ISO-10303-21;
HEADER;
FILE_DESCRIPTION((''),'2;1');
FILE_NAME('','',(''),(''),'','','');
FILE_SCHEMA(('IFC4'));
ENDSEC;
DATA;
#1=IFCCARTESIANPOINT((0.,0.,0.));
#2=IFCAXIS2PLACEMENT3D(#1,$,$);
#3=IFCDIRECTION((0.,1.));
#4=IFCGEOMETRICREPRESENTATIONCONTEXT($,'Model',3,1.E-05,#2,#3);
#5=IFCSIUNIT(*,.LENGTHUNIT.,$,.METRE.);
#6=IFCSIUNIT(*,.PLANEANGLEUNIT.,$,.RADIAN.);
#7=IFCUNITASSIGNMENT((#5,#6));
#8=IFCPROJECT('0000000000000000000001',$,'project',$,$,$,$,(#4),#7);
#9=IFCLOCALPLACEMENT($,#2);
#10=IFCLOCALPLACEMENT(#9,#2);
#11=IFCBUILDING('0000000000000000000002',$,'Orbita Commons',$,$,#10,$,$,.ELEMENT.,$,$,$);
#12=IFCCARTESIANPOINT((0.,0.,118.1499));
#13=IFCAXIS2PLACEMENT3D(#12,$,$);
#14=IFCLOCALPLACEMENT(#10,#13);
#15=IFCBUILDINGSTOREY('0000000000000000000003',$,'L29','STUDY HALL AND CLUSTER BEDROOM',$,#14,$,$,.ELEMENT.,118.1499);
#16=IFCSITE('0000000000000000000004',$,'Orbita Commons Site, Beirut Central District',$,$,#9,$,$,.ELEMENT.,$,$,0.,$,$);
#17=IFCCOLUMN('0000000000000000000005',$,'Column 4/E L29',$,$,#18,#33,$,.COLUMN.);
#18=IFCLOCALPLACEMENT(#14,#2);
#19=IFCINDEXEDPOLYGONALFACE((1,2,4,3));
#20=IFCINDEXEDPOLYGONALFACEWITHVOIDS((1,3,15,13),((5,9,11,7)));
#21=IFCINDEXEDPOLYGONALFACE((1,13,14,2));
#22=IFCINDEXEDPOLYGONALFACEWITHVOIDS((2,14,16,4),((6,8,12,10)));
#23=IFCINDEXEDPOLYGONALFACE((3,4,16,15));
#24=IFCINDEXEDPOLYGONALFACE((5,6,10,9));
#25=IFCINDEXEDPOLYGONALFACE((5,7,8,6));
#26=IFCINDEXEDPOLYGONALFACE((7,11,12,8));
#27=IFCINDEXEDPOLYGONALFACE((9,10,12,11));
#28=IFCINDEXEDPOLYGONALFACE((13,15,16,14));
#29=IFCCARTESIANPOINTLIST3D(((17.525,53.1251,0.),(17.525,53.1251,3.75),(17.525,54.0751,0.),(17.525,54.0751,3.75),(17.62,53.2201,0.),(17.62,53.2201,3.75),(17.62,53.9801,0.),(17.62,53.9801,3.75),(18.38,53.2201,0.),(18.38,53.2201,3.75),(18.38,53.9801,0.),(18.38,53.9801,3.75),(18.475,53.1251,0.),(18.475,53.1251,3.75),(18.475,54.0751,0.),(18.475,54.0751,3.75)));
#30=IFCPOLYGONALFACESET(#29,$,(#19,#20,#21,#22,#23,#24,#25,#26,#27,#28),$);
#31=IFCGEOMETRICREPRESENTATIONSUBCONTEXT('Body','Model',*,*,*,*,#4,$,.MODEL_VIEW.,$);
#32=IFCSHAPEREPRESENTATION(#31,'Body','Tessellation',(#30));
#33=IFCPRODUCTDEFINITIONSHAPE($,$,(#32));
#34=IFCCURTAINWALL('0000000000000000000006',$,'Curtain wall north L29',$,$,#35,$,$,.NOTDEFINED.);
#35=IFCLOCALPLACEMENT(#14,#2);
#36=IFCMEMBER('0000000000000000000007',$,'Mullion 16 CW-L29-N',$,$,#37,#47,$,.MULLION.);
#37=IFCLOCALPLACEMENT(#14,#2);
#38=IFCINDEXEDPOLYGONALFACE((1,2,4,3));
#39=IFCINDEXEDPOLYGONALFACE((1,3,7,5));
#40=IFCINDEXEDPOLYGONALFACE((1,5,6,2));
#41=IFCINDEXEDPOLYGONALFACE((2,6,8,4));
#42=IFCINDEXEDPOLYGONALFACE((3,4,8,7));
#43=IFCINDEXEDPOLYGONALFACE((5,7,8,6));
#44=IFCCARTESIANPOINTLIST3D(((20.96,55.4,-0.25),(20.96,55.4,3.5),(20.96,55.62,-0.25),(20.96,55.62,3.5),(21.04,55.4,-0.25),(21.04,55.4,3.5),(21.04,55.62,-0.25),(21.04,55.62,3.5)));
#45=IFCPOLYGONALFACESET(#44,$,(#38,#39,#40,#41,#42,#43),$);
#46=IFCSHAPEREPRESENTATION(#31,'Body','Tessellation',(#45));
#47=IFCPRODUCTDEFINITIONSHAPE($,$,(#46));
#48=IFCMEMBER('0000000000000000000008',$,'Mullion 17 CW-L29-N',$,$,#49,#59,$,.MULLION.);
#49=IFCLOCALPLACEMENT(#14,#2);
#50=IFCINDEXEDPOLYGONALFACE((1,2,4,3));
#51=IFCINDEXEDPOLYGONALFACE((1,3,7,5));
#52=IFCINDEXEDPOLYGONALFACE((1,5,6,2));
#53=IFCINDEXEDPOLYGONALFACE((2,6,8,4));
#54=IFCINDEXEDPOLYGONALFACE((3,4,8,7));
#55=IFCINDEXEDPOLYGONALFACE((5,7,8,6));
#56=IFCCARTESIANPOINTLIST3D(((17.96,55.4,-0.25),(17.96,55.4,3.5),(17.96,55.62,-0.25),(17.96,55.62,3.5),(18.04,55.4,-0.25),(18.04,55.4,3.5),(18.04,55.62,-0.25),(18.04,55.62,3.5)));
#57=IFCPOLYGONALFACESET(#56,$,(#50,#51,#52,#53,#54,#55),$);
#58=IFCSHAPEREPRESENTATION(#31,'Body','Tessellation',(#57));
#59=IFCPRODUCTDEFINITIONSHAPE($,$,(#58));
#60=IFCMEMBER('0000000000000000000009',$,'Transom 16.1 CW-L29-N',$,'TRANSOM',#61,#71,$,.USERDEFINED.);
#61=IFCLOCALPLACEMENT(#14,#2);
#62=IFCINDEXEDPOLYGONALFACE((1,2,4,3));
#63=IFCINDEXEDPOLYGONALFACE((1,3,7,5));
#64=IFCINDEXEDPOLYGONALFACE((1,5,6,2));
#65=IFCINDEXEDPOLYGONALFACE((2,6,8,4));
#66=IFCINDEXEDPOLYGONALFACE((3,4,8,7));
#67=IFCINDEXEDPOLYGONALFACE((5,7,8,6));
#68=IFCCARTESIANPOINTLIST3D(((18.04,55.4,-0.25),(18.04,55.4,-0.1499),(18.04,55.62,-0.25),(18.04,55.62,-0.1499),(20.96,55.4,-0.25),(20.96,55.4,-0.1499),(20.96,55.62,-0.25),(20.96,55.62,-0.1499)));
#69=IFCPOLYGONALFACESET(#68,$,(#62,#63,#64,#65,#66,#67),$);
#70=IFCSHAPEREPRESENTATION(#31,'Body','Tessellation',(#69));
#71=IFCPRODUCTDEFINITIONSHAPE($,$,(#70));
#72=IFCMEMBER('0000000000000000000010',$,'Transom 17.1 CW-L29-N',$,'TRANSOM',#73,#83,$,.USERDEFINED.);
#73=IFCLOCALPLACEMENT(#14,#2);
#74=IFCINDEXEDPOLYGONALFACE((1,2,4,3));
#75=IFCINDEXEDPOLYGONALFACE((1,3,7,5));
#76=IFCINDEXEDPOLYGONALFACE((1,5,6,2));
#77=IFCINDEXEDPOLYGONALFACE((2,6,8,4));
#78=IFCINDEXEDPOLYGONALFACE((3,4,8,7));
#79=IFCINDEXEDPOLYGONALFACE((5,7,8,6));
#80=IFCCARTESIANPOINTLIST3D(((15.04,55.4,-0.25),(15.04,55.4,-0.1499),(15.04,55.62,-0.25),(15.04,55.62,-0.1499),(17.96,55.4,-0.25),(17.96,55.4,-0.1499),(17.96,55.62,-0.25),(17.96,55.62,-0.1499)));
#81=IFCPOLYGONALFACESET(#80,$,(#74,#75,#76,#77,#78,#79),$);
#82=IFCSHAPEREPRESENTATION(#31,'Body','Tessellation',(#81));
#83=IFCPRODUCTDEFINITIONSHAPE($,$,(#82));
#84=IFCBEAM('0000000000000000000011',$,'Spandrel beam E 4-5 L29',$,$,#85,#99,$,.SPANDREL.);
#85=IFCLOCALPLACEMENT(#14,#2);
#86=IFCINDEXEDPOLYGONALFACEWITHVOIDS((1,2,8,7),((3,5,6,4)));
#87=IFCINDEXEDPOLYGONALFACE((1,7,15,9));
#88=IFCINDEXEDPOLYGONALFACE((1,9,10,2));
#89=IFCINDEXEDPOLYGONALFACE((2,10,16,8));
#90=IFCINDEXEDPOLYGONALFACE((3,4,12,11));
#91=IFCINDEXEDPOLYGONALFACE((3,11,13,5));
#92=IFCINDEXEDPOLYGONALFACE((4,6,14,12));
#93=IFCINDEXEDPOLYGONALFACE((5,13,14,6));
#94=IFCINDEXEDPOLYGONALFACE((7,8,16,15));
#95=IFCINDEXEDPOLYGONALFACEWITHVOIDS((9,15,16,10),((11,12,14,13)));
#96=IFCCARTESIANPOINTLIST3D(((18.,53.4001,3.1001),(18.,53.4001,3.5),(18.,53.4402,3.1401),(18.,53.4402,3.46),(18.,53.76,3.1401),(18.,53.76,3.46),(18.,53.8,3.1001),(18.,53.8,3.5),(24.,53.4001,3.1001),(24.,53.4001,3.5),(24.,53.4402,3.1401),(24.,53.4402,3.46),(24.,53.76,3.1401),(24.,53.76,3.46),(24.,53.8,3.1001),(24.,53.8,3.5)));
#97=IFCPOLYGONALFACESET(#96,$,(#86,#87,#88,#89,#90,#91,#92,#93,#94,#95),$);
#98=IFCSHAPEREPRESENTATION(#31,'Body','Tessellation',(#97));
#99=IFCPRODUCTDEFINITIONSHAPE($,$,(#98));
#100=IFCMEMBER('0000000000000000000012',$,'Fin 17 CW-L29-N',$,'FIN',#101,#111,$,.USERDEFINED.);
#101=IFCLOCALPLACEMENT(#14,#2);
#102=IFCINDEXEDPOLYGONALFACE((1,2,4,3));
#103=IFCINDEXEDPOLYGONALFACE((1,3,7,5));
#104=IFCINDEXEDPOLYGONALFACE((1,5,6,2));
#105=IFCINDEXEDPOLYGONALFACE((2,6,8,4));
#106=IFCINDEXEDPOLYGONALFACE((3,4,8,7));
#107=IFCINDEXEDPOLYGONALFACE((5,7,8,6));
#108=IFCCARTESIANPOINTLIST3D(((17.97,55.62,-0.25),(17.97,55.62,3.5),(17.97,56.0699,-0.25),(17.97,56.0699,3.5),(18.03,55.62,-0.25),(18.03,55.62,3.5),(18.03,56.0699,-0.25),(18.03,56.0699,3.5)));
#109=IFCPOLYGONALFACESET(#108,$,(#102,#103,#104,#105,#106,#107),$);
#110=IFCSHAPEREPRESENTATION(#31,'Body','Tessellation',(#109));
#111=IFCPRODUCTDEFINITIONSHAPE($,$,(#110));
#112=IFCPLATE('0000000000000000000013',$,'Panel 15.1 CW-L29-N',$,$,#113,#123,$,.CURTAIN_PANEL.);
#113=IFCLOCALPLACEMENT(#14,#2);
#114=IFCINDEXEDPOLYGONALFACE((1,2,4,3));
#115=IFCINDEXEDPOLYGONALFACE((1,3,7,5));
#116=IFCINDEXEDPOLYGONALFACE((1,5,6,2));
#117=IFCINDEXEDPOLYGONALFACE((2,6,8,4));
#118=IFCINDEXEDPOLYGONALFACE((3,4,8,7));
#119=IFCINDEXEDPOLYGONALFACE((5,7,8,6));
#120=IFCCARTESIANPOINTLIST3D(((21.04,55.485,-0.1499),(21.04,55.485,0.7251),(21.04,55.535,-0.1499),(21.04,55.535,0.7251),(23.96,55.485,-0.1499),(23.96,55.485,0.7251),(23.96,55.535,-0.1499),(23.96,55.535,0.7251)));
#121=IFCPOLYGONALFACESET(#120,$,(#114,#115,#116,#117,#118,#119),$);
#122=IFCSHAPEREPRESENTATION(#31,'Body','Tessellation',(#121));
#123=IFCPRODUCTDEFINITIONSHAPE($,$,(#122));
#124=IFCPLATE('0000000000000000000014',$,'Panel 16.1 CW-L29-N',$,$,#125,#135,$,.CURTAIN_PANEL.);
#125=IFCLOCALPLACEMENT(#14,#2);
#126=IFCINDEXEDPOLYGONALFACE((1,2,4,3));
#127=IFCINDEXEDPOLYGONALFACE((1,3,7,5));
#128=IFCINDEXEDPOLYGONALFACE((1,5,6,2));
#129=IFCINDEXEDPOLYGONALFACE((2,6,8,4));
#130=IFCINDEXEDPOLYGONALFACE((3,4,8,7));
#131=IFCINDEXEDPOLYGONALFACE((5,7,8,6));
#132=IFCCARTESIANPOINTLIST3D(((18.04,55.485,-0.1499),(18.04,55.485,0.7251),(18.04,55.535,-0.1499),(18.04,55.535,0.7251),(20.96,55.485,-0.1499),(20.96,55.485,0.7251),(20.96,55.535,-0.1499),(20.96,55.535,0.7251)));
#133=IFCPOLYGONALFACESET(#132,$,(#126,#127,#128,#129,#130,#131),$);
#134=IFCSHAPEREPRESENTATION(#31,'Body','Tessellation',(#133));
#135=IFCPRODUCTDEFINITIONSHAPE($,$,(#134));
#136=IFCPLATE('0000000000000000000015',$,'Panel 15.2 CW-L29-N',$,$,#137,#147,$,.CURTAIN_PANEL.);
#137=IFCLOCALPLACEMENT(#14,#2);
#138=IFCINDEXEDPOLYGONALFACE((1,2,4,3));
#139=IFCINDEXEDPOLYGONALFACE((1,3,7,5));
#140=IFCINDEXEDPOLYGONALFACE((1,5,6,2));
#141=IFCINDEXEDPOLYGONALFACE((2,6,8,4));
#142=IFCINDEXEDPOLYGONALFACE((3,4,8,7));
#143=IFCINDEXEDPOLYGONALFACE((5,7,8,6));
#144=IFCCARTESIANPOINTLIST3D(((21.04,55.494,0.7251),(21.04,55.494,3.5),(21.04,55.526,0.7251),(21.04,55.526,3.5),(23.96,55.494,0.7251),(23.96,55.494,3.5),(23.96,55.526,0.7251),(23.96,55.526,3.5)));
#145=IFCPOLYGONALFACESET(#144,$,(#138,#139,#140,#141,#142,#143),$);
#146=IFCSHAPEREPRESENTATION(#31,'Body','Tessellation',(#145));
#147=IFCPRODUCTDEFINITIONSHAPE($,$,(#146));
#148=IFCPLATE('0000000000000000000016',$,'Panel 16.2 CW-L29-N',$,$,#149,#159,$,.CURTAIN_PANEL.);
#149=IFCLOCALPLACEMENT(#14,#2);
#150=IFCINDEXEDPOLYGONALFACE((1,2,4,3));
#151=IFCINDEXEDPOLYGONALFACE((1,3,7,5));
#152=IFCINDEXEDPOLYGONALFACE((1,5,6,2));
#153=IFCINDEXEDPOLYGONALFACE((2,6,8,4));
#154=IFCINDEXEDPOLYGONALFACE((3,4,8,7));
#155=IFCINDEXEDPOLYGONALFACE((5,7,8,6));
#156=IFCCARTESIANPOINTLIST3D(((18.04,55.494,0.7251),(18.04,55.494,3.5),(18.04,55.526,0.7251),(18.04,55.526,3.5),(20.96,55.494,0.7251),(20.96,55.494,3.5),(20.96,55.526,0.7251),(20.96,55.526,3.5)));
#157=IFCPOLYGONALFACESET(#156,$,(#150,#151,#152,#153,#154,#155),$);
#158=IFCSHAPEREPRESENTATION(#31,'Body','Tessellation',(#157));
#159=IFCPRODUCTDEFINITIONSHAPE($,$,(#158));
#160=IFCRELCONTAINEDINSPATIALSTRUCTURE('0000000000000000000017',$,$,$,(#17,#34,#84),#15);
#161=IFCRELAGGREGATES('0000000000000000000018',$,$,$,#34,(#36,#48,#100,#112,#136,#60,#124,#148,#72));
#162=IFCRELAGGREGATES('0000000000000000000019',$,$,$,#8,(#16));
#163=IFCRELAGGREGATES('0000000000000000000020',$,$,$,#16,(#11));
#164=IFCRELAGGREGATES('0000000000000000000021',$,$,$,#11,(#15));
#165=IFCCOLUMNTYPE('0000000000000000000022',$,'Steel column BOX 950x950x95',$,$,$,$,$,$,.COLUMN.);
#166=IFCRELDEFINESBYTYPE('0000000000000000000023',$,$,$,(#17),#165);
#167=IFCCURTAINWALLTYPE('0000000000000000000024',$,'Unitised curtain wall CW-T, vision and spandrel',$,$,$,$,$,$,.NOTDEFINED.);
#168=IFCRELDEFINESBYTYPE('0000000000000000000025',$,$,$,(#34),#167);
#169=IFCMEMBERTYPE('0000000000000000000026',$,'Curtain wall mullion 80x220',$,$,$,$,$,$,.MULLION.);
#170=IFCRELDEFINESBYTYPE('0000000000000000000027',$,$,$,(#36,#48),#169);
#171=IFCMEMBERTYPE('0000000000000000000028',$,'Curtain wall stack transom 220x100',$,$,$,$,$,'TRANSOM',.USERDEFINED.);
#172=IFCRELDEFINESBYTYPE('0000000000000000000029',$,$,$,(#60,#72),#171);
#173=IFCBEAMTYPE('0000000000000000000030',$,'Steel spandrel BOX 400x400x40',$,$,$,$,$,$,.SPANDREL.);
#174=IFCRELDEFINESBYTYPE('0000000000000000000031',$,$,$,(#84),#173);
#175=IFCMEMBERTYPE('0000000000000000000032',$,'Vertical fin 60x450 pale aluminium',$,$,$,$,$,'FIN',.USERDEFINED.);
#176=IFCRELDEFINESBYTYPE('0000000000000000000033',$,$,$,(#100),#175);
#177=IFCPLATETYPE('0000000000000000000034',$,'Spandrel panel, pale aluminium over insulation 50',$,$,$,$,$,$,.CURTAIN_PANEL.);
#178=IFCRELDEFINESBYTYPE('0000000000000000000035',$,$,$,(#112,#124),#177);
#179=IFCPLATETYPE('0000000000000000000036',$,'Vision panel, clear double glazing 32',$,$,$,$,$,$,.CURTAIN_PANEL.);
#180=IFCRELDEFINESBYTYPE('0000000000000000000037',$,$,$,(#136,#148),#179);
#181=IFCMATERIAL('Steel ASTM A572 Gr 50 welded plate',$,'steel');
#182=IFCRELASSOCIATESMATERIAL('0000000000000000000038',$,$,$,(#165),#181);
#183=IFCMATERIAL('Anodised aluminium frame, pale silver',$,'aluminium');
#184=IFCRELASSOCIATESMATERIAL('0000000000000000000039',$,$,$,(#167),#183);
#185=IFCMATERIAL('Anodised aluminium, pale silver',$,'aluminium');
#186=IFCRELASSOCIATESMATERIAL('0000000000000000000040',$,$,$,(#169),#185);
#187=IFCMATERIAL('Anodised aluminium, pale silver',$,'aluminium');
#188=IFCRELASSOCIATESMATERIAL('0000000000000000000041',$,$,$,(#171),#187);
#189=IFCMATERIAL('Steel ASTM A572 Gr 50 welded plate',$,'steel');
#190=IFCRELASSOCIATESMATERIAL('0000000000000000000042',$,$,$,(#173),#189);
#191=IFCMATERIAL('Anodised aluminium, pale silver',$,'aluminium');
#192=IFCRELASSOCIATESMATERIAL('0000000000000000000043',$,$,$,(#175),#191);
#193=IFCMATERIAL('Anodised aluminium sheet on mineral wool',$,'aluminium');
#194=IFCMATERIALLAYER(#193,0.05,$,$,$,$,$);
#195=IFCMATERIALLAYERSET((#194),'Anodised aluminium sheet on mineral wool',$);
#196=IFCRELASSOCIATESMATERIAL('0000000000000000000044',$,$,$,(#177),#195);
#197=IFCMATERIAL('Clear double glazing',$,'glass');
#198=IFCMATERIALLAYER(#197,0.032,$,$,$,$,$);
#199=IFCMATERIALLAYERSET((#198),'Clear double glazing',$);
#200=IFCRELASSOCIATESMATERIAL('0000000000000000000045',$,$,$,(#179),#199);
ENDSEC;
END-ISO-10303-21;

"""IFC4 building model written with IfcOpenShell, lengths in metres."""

from ifc_helpers import new_model, si_unit, direction, frame, origin, origin_2d, place, context, subcontext, project, spatial, rectangle, hollow_rectangle, extrude, material, layer, layer_set, material_profile, profile_set, type_object, element, aggregate, save


model = new_model("IFC4")

# Units and contexts
model_context = context("Model", 3, precision=1e-05, world=origin(), true_north=direction((0.0, 1.0)))
body_context = subcontext(model_context, "Body", "Model", "MODEL_VIEW")
ifc_project = project(units=[si_unit("LENGTHUNIT", "METRE"), si_unit("PLANEANGLEUNIT", "RADIAN")], contexts=[model_context])

# Site, building, storey
site_placement = place(None, origin())
site = spatial("IfcSite", under=ifc_project, at=site_placement, Name="Orbita Commons Site, Beirut Central District", CompositionType="ELEMENT", RefElevation=0.0)
building_placement = place(site_placement, origin())
building = spatial("IfcBuilding", under=site, at=building_placement, Name="Orbita Commons", CompositionType="ELEMENT")
storey_placement = place(building_placement, frame((0.0, 0.0, 118.1499)))
storey = spatial("IfcBuildingStorey", under=building, at=storey_placement, Name="L29", Description="STUDY HALL AND CLUSTER BEDROOM", CompositionType="ELEMENT", Elevation=118.1499)

# Column
ifc_material_1 = material(Name="Steel ASTM A572 Gr 50 welded plate", Category="steel")
ifc_material_profile_1 = material_profile(ifc_material_1, hollow_rectangle(XDim=0.95, YDim=0.95, WallThickness=0.095, at=origin_2d()), Name="BOX 950x950x95")
ifc_profile_set_1 = profile_set([ifc_material_profile_1], Name="Steel ASTM A572 Gr 50 welded plate")
column_type = type_object("IfcColumnType", Name="Steel column BOX 950x950x95", PredefinedType="COLUMN", material=ifc_profile_set_1)
column_placement = place(storey_placement, frame((18.0, 53.6001, 0.0), z_axis=(0.0, 0.0, 1.0), x_axis=(1.0, 0.0, 0.0)))
element("IfcColumn", 1, at=column_placement, inside=storey, type_object=column_type, Name="Column 4/E L29", PredefinedType="COLUMN", context=body_context, shape_type="SweptSolid", body=[
    extrude(hollow_rectangle(XDim=0.95, YDim=0.95, WallThickness=0.095, at=origin_2d()), origin(), (0.0, 0.0, 1.0), 3.75),
])

# Curtain wall, members
ifc_material_2 = material(Name="Anodised aluminium frame, pale silver", Category="aluminium")
curtain_wall_type = type_object("IfcCurtainWallType", Name="Unitised curtain wall CW-T, vision and spandrel", PredefinedType="NOTDEFINED", material=ifc_material_2)
curtain_wall_placement = place(storey_placement, origin())
curtain_wall = element("IfcCurtainWall", 2, at=curtain_wall_placement, inside=storey, type_object=curtain_wall_type, Name="Curtain wall north L29", PredefinedType="NOTDEFINED")
ifc_material_3 = material(Name="Anodised aluminium, pale silver", Category="aluminium")
ifc_material_profile_2 = material_profile(ifc_material_3, rectangle(XDim=0.0801, YDim=0.22, at=origin_2d()), Name="AL 80x220")
ifc_profile_set_2 = profile_set([ifc_material_profile_2], Name="Anodised aluminium, pale silver")
member_type_1 = type_object("IfcMemberType", Name="Curtain wall mullion 80x220", PredefinedType="MULLION", material=ifc_profile_set_2)
member_1_placement = place(storey_placement, frame((21.0, 55.51, -0.25), z_axis=(0.0, 0.0, 1.0), x_axis=(-1.0, 0.0, 0.0)))
member_1 = element("IfcMember", 3, at=member_1_placement, type_object=member_type_1, Name="Mullion 16 CW-L29-N", PredefinedType="MULLION", context=body_context, shape_type="SweptSolid", body=[
    extrude(rectangle(XDim=0.0801, YDim=0.22, at=origin_2d()), origin(), (0.0, 0.0, 1.0), 3.75),
])
member_2_placement = place(storey_placement, frame((18.0, 55.51, -0.25), z_axis=(0.0, 0.0, 1.0), x_axis=(-1.0, 0.0, 0.0)))
member_2 = element("IfcMember", 4, at=member_2_placement, type_object=member_type_1, Name="Mullion 17 CW-L29-N", PredefinedType="MULLION", context=body_context, shape_type="SweptSolid", body=[
    extrude(rectangle(XDim=0.0801, YDim=0.22, at=origin_2d()), origin(), (0.0, 0.0, 1.0), 3.75),
])
ifc_material_4 = material(Name="Anodised aluminium, pale silver", Category="aluminium")
ifc_material_profile_3 = material_profile(ifc_material_4, rectangle(XDim=0.22, YDim=0.1001, at=origin_2d()), Name="AL 220x100")
ifc_profile_set_3 = profile_set([ifc_material_profile_3], Name="Anodised aluminium, pale silver")
member_type_2 = type_object("IfcMemberType", Name="Curtain wall stack transom 220x100", ElementType="TRANSOM", PredefinedType="USERDEFINED", material=ifc_profile_set_3)
member_3_placement = place(storey_placement, frame((20.96, 55.51, -0.2), z_axis=(-1.0, 0.0, 0.0), x_axis=(0.0, -1.0, 0.0)))
member_3 = element("IfcMember", 5, at=member_3_placement, type_object=member_type_2, Name="Transom 16.1 CW-L29-N", ObjectType="TRANSOM", PredefinedType="USERDEFINED", context=body_context, shape_type="SweptSolid", body=[
    extrude(rectangle(XDim=0.22, YDim=0.1001, at=origin_2d()), origin(), (0.0, 0.0, 1.0), 2.9199),
])
member_4_placement = place(storey_placement, frame((17.96, 55.51, -0.2), z_axis=(-1.0, 0.0, 0.0), x_axis=(0.0, -1.0, 0.0)))
member_4 = element("IfcMember", 6, at=member_4_placement, type_object=member_type_2, Name="Transom 17.1 CW-L29-N", ObjectType="TRANSOM", PredefinedType="USERDEFINED", context=body_context, shape_type="SweptSolid", body=[
    extrude(rectangle(XDim=0.22, YDim=0.1001, at=origin_2d()), origin(), (0.0, 0.0, 1.0), 2.9199),
])

# Beam
ifc_material_5 = material(Name="Steel ASTM A572 Gr 50 welded plate", Category="steel")
ifc_material_profile_4 = material_profile(ifc_material_5, hollow_rectangle(XDim=0.3999, YDim=0.3999, WallThickness=0.04, at=origin_2d()), Name="BOX 400x400x40")
ifc_profile_set_4 = profile_set([ifc_material_profile_4], Name="Steel ASTM A572 Gr 50 welded plate")
beam_type = type_object("IfcBeamType", Name="Steel spandrel BOX 400x400x40", PredefinedType="SPANDREL", material=ifc_profile_set_4)
beam_placement = place(storey_placement, frame((18.0, 53.6001, 3.3), z_axis=(1.0, 0.0, 0.0), x_axis=(0.0, 1.0, 0.0)))
element("IfcBeam", 7, at=beam_placement, inside=storey, type_object=beam_type, Name="Spandrel beam E 4-5 L29", PredefinedType="SPANDREL", context=body_context, shape_type="SweptSolid", body=[
    extrude(hollow_rectangle(XDim=0.3999, YDim=0.3999, WallThickness=0.04, at=origin_2d()), origin(), (0.0, 0.0, 1.0), 6.0),
])

# Member
ifc_material_6 = material(Name="Anodised aluminium, pale silver", Category="aluminium")
ifc_material_profile_5 = material_profile(ifc_material_6, rectangle(XDim=0.0601, YDim=0.45, at=origin_2d()), Name="FIN 60x450")
ifc_profile_set_5 = profile_set([ifc_material_profile_5], Name="Anodised aluminium, pale silver")
member_type_3 = type_object("IfcMemberType", Name="Vertical fin 60x450 pale aluminium", ElementType="FIN", PredefinedType="USERDEFINED", material=ifc_profile_set_5)
member_5_placement = place(storey_placement, frame((18.0, 55.845, -0.25), z_axis=(0.0, 0.0, 1.0), x_axis=(-1.0, 0.0, 0.0)))
member_5 = element("IfcMember", 8, at=member_5_placement, type_object=member_type_3, Name="Fin 17 CW-L29-N", ObjectType="FIN", PredefinedType="USERDEFINED", context=body_context, shape_type="SweptSolid", body=[
    extrude(rectangle(XDim=0.0601, YDim=0.45, at=origin_2d()), origin(), (0.0, 0.0, 1.0), 3.75),
])

# Plates
ifc_material_7 = material(Name="Anodised aluminium sheet on mineral wool", Category="aluminium")
ifc_layer_1 = layer(ifc_material_7, 0.05)
ifc_layer_set_1 = layer_set([ifc_layer_1], Name="Anodised aluminium sheet on mineral wool")
plate_type_1 = type_object("IfcPlateType", Name="Spandrel panel, pale aluminium over insulation 50", PredefinedType="CURTAIN_PANEL", material=ifc_layer_set_1)
plate_1_placement = place(storey_placement, frame((22.5, 55.51, -0.1499), z_axis=(0.0, 0.0, 1.0), x_axis=(-1.0, 0.0, 0.0)))
plate_1 = element("IfcPlate", 9, at=plate_1_placement, type_object=plate_type_1, Name="Panel 15.1 CW-L29-N", PredefinedType="CURTAIN_PANEL", context=body_context, shape_type="SweptSolid", body=[
    extrude(rectangle(XDim=2.9199, YDim=0.05, at=origin_2d()), origin(), (0.0, 0.0, 1.0), 0.875),
])
plate_2_placement = place(storey_placement, frame((19.5, 55.51, -0.1499), z_axis=(0.0, 0.0, 1.0), x_axis=(-1.0, 0.0, 0.0)))
plate_2 = element("IfcPlate", 10, at=plate_2_placement, type_object=plate_type_1, Name="Panel 16.1 CW-L29-N", PredefinedType="CURTAIN_PANEL", context=body_context, shape_type="SweptSolid", body=[
    extrude(rectangle(XDim=2.9199, YDim=0.05, at=origin_2d()), origin(), (0.0, 0.0, 1.0), 0.875),
])
ifc_material_8 = material(Name="Clear double glazing", Category="glass")
ifc_layer_2 = layer(ifc_material_8, 0.032)
ifc_layer_set_2 = layer_set([ifc_layer_2], Name="Clear double glazing")
plate_type_2 = type_object("IfcPlateType", Name="Vision panel, clear double glazing 32", PredefinedType="CURTAIN_PANEL", material=ifc_layer_set_2)
plate_3_placement = place(storey_placement, frame((22.5, 55.51, 0.7251), z_axis=(0.0, 0.0, 1.0), x_axis=(-1.0, 0.0, 0.0)))
plate_3 = element("IfcPlate", 11, at=plate_3_placement, type_object=plate_type_2, Name="Panel 15.2 CW-L29-N", PredefinedType="CURTAIN_PANEL", context=body_context, shape_type="SweptSolid", body=[
    extrude(rectangle(XDim=2.9199, YDim=0.032, at=origin_2d()), origin(), (0.0, 0.0, 1.0), 2.7749),
])
plate_4_placement = place(storey_placement, frame((19.5, 55.51, 0.7251), z_axis=(0.0, 0.0, 1.0), x_axis=(-1.0, 0.0, 0.0)))
plate_4 = element("IfcPlate", 12, at=plate_4_placement, type_object=plate_type_2, Name="Panel 16.2 CW-L29-N", PredefinedType="CURTAIN_PANEL", context=body_context, shape_type="SweptSolid", body=[
    extrude(rectangle(XDim=2.9199, YDim=0.032, at=origin_2d()), origin(), (0.0, 0.0, 1.0), 2.7749),
])
aggregate(curtain_wall, [member_1, member_2, member_5, plate_1, plate_3, member_3, plate_2, plate_4, member_4])

save(model, "model.ifc")
